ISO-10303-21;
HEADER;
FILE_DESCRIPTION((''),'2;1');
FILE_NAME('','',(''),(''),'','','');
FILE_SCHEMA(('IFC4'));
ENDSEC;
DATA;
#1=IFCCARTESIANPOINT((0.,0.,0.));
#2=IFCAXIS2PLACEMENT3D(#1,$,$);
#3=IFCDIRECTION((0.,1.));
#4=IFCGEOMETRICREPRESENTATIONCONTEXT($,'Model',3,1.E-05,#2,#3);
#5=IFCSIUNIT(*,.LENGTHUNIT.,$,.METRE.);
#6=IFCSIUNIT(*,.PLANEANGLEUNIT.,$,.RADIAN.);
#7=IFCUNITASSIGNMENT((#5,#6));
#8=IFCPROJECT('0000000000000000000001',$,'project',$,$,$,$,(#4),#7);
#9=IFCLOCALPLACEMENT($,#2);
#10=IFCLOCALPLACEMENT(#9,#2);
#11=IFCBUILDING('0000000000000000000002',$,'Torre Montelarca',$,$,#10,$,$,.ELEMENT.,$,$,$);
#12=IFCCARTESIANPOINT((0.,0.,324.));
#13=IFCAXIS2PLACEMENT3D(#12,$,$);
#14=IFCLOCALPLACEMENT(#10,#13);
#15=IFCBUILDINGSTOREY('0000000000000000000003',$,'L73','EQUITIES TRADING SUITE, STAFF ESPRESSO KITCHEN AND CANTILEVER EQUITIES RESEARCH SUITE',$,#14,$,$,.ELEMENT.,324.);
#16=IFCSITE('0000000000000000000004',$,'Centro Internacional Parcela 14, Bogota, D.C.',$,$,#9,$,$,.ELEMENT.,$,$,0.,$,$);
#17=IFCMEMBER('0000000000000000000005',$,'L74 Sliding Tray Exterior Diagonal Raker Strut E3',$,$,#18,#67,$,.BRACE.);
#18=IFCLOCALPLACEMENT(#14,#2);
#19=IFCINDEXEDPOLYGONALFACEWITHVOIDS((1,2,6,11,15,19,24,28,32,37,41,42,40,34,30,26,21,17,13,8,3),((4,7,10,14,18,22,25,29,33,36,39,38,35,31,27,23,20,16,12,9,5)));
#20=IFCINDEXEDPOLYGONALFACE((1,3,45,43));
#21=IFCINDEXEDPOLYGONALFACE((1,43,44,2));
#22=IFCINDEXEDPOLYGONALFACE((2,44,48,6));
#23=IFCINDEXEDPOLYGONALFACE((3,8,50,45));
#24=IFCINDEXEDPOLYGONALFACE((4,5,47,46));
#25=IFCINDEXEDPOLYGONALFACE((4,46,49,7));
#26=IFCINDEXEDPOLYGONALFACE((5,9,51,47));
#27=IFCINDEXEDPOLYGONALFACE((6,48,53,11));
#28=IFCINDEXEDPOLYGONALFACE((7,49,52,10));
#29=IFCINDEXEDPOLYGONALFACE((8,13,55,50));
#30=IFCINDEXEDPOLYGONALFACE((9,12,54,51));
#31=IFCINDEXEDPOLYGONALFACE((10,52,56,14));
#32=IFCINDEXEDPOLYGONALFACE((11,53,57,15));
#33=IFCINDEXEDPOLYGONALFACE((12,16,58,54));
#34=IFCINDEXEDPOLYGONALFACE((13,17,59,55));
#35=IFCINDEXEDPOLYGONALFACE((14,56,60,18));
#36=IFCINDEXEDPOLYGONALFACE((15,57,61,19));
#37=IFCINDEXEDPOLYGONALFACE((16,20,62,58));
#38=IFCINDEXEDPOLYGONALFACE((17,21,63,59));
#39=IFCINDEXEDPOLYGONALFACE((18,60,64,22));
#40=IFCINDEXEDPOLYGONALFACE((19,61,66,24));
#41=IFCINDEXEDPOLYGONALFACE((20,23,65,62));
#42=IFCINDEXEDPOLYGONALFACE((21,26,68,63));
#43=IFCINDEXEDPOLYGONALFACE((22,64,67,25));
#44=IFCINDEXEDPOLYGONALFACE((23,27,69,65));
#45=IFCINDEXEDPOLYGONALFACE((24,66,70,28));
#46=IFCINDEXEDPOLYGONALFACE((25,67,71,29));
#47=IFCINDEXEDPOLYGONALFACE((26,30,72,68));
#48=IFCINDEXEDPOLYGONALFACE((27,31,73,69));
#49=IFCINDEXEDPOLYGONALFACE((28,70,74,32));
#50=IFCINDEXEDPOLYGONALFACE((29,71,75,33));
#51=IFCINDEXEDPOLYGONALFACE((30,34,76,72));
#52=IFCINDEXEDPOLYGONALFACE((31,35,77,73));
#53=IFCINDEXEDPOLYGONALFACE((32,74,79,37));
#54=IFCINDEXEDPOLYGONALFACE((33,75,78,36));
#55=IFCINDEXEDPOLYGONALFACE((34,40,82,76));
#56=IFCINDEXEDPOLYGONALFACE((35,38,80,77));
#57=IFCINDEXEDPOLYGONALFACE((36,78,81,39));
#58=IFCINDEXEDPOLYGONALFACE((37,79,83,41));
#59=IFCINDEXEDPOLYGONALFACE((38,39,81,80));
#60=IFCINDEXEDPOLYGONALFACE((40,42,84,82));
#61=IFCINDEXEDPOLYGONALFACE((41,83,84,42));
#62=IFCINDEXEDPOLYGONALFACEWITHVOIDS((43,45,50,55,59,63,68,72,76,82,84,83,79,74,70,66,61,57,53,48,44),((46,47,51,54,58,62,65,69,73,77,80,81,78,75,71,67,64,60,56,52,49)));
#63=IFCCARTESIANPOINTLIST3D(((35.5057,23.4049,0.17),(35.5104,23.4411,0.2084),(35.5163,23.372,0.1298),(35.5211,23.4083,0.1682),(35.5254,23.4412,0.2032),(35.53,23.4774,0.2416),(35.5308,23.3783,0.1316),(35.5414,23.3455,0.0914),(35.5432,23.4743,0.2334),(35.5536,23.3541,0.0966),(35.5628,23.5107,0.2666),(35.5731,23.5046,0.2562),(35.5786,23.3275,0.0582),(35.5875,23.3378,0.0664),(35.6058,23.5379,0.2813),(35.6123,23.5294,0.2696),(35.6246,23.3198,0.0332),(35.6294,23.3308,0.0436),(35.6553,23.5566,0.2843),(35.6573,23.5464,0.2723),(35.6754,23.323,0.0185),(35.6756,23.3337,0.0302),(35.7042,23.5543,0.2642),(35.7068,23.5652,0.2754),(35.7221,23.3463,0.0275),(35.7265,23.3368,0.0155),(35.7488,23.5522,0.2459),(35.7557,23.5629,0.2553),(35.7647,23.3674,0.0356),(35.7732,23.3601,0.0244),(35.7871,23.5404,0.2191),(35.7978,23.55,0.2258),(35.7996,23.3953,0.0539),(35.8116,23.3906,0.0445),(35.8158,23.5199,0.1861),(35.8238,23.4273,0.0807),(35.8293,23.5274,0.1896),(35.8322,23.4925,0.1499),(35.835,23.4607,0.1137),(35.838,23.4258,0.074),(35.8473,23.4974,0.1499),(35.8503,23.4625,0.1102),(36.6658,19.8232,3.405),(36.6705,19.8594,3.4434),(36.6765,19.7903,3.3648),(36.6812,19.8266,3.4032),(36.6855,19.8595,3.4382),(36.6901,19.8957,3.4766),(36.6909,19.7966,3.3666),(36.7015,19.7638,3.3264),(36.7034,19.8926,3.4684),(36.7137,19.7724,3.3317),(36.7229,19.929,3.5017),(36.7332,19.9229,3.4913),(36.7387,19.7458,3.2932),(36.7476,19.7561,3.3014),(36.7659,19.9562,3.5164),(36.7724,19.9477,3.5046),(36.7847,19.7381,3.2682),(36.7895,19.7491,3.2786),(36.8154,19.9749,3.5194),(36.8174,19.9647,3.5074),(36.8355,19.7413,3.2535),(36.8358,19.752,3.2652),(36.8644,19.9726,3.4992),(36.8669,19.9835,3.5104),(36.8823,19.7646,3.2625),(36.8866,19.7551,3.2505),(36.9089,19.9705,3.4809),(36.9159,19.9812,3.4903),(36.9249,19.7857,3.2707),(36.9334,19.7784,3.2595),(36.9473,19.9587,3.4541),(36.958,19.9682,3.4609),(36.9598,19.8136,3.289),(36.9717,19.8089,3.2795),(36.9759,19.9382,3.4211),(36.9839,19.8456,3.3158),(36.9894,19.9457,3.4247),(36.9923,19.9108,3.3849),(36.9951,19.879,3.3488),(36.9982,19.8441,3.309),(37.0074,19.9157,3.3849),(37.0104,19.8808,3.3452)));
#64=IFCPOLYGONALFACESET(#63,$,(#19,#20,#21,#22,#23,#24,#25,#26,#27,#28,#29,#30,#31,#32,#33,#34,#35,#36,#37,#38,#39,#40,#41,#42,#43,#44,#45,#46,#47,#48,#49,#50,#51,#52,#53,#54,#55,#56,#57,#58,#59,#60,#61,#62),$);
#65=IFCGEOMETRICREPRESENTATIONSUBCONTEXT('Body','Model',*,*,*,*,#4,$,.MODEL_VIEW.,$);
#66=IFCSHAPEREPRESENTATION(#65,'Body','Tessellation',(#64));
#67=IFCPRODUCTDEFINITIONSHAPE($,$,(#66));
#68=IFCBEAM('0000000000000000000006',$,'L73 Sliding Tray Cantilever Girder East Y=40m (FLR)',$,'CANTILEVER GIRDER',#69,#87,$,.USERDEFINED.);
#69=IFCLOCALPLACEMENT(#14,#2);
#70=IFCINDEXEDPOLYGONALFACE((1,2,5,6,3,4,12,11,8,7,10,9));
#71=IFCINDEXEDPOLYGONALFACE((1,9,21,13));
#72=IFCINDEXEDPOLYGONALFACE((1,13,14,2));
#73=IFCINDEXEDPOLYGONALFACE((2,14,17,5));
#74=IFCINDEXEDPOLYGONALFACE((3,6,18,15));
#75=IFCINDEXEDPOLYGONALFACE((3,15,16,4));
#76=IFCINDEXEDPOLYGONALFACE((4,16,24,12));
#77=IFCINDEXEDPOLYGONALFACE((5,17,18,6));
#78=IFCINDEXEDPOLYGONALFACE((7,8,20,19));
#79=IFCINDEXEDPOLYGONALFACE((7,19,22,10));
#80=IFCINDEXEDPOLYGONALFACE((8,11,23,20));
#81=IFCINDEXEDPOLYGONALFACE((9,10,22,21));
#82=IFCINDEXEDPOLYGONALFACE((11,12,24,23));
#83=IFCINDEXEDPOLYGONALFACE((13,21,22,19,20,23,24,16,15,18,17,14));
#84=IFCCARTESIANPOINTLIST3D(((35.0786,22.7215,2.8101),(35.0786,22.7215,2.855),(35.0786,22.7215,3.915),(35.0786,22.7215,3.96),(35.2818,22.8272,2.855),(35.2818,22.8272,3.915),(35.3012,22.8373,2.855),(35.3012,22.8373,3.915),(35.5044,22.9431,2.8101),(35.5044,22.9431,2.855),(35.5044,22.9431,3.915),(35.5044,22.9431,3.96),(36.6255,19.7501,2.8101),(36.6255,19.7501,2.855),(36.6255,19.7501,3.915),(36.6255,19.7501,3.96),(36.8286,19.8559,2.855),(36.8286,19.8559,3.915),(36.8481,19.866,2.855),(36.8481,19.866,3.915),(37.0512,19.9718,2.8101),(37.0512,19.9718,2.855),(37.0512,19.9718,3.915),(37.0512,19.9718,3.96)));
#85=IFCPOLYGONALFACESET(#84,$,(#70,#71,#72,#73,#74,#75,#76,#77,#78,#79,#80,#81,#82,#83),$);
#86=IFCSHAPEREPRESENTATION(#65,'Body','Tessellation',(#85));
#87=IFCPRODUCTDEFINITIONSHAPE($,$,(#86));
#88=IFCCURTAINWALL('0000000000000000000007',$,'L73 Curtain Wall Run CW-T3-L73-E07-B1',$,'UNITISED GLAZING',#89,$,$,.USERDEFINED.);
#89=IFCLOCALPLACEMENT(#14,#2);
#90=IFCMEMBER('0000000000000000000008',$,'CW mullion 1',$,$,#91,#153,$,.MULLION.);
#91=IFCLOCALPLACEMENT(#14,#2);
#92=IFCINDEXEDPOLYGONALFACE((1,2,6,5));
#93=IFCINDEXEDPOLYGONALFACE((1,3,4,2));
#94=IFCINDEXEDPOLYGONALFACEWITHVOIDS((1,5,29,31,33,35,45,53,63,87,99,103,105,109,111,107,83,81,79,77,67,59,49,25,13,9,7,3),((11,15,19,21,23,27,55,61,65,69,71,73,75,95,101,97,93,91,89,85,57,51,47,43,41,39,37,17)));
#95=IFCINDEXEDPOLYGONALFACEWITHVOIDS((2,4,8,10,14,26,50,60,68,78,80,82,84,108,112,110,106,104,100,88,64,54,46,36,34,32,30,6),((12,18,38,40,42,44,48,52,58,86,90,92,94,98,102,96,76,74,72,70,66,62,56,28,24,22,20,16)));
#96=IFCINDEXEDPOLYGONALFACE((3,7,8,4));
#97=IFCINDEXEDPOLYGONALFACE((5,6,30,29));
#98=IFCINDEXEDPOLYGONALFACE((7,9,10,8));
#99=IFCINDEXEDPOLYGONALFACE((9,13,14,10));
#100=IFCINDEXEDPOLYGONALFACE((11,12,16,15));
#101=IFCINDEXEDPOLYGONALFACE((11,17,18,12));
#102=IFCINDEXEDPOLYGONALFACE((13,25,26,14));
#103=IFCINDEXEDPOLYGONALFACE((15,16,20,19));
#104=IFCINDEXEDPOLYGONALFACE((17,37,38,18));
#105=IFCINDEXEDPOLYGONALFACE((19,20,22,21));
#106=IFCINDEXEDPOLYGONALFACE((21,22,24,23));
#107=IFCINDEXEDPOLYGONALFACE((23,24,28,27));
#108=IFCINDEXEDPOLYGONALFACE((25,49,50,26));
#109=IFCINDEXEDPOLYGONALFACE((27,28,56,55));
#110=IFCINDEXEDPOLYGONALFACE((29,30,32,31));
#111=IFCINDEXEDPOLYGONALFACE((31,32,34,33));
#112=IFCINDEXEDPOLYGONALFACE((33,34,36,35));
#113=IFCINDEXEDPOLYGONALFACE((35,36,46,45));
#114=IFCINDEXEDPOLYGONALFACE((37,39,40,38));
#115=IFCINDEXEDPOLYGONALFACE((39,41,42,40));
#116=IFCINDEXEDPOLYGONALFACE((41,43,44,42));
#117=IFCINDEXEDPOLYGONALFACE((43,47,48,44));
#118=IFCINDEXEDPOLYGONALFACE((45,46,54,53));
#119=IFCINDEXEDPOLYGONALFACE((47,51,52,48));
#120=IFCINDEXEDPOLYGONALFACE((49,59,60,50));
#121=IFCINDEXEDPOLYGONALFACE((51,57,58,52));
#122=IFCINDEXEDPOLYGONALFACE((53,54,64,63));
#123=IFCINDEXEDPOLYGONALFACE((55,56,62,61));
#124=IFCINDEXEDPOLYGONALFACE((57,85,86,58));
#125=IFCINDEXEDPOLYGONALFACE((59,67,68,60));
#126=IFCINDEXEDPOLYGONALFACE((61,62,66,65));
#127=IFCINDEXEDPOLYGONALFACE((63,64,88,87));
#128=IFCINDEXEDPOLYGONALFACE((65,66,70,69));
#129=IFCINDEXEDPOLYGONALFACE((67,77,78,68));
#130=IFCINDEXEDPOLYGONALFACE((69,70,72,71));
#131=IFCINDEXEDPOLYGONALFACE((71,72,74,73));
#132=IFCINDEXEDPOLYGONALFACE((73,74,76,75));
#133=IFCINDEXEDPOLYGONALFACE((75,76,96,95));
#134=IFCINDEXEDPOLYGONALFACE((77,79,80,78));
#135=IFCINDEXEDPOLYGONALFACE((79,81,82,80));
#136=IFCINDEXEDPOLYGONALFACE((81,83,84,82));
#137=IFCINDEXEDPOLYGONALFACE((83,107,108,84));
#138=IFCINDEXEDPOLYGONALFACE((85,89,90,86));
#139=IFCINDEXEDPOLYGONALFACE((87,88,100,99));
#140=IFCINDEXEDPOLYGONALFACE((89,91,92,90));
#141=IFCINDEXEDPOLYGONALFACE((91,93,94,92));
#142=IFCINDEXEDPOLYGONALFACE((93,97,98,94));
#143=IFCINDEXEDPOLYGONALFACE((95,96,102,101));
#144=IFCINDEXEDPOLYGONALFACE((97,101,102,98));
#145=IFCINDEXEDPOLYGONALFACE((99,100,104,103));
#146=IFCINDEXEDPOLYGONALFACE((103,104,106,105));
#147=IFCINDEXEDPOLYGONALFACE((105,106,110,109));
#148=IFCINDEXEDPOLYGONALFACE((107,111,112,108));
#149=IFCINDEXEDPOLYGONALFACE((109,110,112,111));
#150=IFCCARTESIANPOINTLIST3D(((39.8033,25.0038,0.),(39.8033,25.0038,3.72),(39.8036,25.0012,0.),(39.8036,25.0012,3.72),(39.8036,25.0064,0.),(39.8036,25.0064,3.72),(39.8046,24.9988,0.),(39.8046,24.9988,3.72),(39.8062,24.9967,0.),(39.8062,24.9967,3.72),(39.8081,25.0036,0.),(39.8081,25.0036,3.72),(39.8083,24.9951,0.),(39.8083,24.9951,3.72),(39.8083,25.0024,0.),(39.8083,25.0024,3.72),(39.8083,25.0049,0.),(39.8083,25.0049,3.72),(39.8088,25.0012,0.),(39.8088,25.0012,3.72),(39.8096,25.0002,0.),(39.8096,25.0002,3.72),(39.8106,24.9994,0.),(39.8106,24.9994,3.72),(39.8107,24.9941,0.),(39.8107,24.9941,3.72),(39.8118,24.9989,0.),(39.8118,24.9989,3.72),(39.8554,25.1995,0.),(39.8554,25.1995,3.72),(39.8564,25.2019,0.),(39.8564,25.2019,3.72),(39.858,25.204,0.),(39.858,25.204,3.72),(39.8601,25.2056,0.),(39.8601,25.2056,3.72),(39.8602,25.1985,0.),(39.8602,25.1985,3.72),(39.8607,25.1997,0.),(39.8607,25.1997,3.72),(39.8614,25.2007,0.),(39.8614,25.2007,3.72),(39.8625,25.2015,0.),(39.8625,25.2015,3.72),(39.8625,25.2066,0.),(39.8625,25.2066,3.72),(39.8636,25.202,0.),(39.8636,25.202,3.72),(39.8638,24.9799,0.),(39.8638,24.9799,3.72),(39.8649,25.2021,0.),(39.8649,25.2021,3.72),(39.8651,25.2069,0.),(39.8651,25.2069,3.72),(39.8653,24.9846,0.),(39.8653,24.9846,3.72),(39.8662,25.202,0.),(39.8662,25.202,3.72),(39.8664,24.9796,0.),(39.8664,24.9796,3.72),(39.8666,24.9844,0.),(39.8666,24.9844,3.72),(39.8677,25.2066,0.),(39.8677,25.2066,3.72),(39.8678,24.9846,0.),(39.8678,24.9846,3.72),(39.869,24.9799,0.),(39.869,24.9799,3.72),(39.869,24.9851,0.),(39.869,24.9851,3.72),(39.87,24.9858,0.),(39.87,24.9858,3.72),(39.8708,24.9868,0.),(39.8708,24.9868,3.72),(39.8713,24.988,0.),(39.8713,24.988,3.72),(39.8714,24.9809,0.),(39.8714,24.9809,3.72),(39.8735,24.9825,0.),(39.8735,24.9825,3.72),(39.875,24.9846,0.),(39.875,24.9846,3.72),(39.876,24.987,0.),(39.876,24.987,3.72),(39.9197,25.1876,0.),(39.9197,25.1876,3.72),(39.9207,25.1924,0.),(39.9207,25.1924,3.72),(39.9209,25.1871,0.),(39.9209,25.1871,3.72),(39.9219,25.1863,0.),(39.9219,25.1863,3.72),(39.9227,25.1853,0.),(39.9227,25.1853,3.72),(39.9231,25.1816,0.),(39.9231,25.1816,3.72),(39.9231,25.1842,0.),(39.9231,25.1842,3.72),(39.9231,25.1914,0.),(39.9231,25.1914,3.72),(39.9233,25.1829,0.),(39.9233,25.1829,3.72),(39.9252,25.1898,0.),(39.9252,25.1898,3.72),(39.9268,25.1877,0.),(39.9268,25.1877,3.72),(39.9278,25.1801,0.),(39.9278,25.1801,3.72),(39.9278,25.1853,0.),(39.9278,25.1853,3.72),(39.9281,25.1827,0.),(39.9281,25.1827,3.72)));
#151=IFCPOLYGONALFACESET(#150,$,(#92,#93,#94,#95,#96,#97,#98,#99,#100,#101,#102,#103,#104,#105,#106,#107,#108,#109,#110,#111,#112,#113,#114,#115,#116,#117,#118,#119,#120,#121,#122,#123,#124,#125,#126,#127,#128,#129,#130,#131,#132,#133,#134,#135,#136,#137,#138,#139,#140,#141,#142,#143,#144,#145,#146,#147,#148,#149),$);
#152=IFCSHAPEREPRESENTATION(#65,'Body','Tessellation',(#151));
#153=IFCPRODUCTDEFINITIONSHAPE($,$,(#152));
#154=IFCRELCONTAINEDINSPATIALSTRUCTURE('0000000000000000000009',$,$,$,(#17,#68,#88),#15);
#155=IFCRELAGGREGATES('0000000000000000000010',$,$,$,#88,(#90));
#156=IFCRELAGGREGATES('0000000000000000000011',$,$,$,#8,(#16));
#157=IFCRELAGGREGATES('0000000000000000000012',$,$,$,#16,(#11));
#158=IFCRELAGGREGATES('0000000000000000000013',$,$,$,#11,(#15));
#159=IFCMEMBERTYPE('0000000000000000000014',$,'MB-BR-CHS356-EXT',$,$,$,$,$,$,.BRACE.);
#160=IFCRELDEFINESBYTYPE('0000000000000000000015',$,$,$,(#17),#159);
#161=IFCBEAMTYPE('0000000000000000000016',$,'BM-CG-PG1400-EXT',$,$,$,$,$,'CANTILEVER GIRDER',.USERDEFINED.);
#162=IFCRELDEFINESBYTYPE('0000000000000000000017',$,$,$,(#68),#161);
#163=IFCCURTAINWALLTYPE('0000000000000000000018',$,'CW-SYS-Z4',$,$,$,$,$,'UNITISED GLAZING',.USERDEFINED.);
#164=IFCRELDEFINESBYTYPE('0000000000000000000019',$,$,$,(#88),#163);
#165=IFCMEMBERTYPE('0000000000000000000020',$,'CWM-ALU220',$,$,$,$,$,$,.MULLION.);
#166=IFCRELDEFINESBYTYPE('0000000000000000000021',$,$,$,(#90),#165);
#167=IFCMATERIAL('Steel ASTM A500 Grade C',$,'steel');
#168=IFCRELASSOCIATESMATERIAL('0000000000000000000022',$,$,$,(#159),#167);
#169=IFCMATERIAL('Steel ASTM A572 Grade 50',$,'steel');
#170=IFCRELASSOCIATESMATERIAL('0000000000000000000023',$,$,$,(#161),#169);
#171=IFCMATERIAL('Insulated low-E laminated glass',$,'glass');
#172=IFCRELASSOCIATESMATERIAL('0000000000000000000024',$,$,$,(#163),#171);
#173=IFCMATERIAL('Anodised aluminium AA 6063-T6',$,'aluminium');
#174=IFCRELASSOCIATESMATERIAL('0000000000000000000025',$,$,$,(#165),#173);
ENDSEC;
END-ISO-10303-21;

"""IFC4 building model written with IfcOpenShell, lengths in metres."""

from ifc_helpers import new_model, si_unit, direction, frame, origin, origin_2d, place, context, subcontext, project, spatial, hollow_rectangle, hollow_circle, i_section, extrude, source, transform, mapped, material, material_profile, profile_set, type_object, element, aggregate, save


model = new_model("IFC4")

# Units and contexts
model_context = context("Model", 3, precision=1e-05, world=origin(), true_north=direction((0.0, 1.0)))
body_context = subcontext(model_context, "Body", "Model", "MODEL_VIEW")
ifc_project = project(units=[si_unit("LENGTHUNIT", "METRE"), si_unit("PLANEANGLEUNIT", "RADIAN")], contexts=[model_context])

# Site, building, storey
site_placement = place(None, origin())
site = spatial("IfcSite", under=ifc_project, at=site_placement, Name="Centro Internacional Parcela 14, Bogota, D.C.", CompositionType="ELEMENT", RefElevation=0.0)
building_placement = place(site_placement, origin())
building = spatial("IfcBuilding", under=site, at=building_placement, Name="Torre Montelarca", CompositionType="ELEMENT")
storey_placement = place(building_placement, frame((0.0, 0.0, 324.0)))
storey = spatial("IfcBuildingStorey", under=building, at=storey_placement, Name="L73", Description="EQUITIES TRADING SUITE, STAFF ESPRESSO KITCHEN AND CANTILEVER EQUITIES RESEARCH SUITE", CompositionType="ELEMENT", Elevation=324.0)

# Member
ifc_material_1 = material(Name="Steel ASTM A500 Grade C", Category="steel")
ifc_material_profile_1 = material_profile(ifc_material_1, hollow_circle(Radius=0.1777, WallThickness=0.0159, at=origin_2d()), Name="HSS355.6X15.9", Category="steel")
ifc_profile_set_1 = profile_set([ifc_material_profile_1], Name="Steel ASTM A500 Grade C")
member_type_1 = type_object("IfcMemberType", Name="MB-BR-CHS356-EXT", PredefinedType="BRACE", material=ifc_profile_set_1)
shared_shape_1 = source(origin(), body_context, "Body", "SweptSolid", [
    extrude(hollow_circle(Radius=0.1777, WallThickness=0.0159, at=origin_2d()), origin(), (0.0, 0.0, 1.0), 4.9639),
])
member_1_placement = place(storey_placement, frame((35.6782, 23.4426, 0.1499), z_axis=(0.233715, -0.721556, 0.651717), x_axis=(0.95134, 0.308143, 0.0)))
element("IfcMember", 1, at=member_1_placement, inside=storey, type_object=member_type_1, Name="L74 Sliding Tray Exterior Diagonal Raker Strut E3", PredefinedType="BRACE", context=body_context, shape_type="MappedRepresentation", body=[
    mapped(shared_shape_1, transform((0.0, 0.0, 0.0), scale=1.0)),
])

# Beam
ifc_material_2 = material(Name="Steel ASTM A572 Grade 50", Category="steel")
ifc_material_profile_2 = material_profile(ifc_material_2, i_section(OverallWidth=0.48, OverallDepth=1.1499, WebThickness=0.022, FlangeThickness=0.0449, at=origin_2d()), Name="PG1150X480X22X45", Category="steel")
ifc_profile_set_2 = profile_set([ifc_material_profile_2], Name="Steel ASTM A572 Grade 50")
beam_type = type_object("IfcBeamType", Name="BM-CG-PG1400-EXT", ElementType="CANTILEVER GIRDER", PredefinedType="USERDEFINED", material=ifc_profile_set_2)
shared_shape_2 = source(origin(), body_context, "Body", "SweptSolid", [
    extrude(i_section(OverallWidth=0.48, OverallDepth=1.1499, WebThickness=0.022, FlangeThickness=0.0449, at=origin_2d()), origin(), (0.0, 0.0, 1.0), 3.3499),
])
beam_placement = place(storey_placement, frame((35.2915, 22.8323, 3.385), z_axis=(0.461759, -0.887006, 0.0), x_axis=(0.887006, 0.461759, 0.0)))
element("IfcBeam", 2, at=beam_placement, inside=storey, type_object=beam_type, Name="L73 Sliding Tray Cantilever Girder East Y=40m (FLR)", ObjectType="CANTILEVER GIRDER", PredefinedType="USERDEFINED", context=body_context, shape_type="MappedRepresentation", body=[
    mapped(shared_shape_2, transform((0.0, 0.0, 0.0), scale=1.0)),
])

# Curtain wall, member
ifc_material_3 = material(Name="Insulated low-E laminated glass", Category="glass")
curtain_wall_type = type_object("IfcCurtainWallType", Name="CW-SYS-Z4", ElementType="UNITISED GLAZING", PredefinedType="USERDEFINED", material=ifc_material_3)
curtain_wall_1_placement = place(storey_placement, origin())
curtain_wall_1 = element("IfcCurtainWall", 3, at=curtain_wall_1_placement, inside=storey, type_object=curtain_wall_type, Name="L73 Curtain Wall Run CW-T3-L73-E07-B1", ObjectType="UNITISED GLAZING", PredefinedType="USERDEFINED")
ifc_material_4 = material(Name="Anodised aluminium AA 6063-T6", Category="aluminium")
ifc_material_profile_3 = material_profile(ifc_material_4, hollow_rectangle(XDim=0.075, YDim=0.22, WallThickness=0.0049, InnerFilletRadius=0.0049, OuterFilletRadius=0.01, at=origin_2d()), Name="ALU75X220X5", Category="aluminium")
ifc_profile_set_3 = profile_set([ifc_material_profile_3], Name="Anodised aluminium AA 6063-T6")
member_type_2 = type_object("IfcMemberType", Name="CWM-ALU220", PredefinedType="MULLION", material=ifc_profile_set_3)
shared_shape_3 = source(origin(), body_context, "Body", "SweptSolid", [
    extrude(hollow_rectangle(XDim=0.075, YDim=0.22, WallThickness=0.0049, InnerFilletRadius=0.0049, OuterFilletRadius=0.01, at=origin_2d()), origin(), (0.0, 0.0, 1.0), 3.72),
])
member_2_placement = place(storey_placement, frame((39.8657, 25.0933, 0.0), z_axis=(0.0, 0.0, 1.0), x_axis=(-0.965927, 0.258815, 0.0)))
member_2 = element("IfcMember", 4, at=member_2_placement, type_object=member_type_2, Name="CW mullion 1", PredefinedType="MULLION", context=body_context, shape_type="MappedRepresentation", body=[
    mapped(shared_shape_3, transform((0.0, 0.0, 0.0), scale=1.0)),
])

aggregate(curtain_wall_1, [member_2])

save(model, "model.ifc")
